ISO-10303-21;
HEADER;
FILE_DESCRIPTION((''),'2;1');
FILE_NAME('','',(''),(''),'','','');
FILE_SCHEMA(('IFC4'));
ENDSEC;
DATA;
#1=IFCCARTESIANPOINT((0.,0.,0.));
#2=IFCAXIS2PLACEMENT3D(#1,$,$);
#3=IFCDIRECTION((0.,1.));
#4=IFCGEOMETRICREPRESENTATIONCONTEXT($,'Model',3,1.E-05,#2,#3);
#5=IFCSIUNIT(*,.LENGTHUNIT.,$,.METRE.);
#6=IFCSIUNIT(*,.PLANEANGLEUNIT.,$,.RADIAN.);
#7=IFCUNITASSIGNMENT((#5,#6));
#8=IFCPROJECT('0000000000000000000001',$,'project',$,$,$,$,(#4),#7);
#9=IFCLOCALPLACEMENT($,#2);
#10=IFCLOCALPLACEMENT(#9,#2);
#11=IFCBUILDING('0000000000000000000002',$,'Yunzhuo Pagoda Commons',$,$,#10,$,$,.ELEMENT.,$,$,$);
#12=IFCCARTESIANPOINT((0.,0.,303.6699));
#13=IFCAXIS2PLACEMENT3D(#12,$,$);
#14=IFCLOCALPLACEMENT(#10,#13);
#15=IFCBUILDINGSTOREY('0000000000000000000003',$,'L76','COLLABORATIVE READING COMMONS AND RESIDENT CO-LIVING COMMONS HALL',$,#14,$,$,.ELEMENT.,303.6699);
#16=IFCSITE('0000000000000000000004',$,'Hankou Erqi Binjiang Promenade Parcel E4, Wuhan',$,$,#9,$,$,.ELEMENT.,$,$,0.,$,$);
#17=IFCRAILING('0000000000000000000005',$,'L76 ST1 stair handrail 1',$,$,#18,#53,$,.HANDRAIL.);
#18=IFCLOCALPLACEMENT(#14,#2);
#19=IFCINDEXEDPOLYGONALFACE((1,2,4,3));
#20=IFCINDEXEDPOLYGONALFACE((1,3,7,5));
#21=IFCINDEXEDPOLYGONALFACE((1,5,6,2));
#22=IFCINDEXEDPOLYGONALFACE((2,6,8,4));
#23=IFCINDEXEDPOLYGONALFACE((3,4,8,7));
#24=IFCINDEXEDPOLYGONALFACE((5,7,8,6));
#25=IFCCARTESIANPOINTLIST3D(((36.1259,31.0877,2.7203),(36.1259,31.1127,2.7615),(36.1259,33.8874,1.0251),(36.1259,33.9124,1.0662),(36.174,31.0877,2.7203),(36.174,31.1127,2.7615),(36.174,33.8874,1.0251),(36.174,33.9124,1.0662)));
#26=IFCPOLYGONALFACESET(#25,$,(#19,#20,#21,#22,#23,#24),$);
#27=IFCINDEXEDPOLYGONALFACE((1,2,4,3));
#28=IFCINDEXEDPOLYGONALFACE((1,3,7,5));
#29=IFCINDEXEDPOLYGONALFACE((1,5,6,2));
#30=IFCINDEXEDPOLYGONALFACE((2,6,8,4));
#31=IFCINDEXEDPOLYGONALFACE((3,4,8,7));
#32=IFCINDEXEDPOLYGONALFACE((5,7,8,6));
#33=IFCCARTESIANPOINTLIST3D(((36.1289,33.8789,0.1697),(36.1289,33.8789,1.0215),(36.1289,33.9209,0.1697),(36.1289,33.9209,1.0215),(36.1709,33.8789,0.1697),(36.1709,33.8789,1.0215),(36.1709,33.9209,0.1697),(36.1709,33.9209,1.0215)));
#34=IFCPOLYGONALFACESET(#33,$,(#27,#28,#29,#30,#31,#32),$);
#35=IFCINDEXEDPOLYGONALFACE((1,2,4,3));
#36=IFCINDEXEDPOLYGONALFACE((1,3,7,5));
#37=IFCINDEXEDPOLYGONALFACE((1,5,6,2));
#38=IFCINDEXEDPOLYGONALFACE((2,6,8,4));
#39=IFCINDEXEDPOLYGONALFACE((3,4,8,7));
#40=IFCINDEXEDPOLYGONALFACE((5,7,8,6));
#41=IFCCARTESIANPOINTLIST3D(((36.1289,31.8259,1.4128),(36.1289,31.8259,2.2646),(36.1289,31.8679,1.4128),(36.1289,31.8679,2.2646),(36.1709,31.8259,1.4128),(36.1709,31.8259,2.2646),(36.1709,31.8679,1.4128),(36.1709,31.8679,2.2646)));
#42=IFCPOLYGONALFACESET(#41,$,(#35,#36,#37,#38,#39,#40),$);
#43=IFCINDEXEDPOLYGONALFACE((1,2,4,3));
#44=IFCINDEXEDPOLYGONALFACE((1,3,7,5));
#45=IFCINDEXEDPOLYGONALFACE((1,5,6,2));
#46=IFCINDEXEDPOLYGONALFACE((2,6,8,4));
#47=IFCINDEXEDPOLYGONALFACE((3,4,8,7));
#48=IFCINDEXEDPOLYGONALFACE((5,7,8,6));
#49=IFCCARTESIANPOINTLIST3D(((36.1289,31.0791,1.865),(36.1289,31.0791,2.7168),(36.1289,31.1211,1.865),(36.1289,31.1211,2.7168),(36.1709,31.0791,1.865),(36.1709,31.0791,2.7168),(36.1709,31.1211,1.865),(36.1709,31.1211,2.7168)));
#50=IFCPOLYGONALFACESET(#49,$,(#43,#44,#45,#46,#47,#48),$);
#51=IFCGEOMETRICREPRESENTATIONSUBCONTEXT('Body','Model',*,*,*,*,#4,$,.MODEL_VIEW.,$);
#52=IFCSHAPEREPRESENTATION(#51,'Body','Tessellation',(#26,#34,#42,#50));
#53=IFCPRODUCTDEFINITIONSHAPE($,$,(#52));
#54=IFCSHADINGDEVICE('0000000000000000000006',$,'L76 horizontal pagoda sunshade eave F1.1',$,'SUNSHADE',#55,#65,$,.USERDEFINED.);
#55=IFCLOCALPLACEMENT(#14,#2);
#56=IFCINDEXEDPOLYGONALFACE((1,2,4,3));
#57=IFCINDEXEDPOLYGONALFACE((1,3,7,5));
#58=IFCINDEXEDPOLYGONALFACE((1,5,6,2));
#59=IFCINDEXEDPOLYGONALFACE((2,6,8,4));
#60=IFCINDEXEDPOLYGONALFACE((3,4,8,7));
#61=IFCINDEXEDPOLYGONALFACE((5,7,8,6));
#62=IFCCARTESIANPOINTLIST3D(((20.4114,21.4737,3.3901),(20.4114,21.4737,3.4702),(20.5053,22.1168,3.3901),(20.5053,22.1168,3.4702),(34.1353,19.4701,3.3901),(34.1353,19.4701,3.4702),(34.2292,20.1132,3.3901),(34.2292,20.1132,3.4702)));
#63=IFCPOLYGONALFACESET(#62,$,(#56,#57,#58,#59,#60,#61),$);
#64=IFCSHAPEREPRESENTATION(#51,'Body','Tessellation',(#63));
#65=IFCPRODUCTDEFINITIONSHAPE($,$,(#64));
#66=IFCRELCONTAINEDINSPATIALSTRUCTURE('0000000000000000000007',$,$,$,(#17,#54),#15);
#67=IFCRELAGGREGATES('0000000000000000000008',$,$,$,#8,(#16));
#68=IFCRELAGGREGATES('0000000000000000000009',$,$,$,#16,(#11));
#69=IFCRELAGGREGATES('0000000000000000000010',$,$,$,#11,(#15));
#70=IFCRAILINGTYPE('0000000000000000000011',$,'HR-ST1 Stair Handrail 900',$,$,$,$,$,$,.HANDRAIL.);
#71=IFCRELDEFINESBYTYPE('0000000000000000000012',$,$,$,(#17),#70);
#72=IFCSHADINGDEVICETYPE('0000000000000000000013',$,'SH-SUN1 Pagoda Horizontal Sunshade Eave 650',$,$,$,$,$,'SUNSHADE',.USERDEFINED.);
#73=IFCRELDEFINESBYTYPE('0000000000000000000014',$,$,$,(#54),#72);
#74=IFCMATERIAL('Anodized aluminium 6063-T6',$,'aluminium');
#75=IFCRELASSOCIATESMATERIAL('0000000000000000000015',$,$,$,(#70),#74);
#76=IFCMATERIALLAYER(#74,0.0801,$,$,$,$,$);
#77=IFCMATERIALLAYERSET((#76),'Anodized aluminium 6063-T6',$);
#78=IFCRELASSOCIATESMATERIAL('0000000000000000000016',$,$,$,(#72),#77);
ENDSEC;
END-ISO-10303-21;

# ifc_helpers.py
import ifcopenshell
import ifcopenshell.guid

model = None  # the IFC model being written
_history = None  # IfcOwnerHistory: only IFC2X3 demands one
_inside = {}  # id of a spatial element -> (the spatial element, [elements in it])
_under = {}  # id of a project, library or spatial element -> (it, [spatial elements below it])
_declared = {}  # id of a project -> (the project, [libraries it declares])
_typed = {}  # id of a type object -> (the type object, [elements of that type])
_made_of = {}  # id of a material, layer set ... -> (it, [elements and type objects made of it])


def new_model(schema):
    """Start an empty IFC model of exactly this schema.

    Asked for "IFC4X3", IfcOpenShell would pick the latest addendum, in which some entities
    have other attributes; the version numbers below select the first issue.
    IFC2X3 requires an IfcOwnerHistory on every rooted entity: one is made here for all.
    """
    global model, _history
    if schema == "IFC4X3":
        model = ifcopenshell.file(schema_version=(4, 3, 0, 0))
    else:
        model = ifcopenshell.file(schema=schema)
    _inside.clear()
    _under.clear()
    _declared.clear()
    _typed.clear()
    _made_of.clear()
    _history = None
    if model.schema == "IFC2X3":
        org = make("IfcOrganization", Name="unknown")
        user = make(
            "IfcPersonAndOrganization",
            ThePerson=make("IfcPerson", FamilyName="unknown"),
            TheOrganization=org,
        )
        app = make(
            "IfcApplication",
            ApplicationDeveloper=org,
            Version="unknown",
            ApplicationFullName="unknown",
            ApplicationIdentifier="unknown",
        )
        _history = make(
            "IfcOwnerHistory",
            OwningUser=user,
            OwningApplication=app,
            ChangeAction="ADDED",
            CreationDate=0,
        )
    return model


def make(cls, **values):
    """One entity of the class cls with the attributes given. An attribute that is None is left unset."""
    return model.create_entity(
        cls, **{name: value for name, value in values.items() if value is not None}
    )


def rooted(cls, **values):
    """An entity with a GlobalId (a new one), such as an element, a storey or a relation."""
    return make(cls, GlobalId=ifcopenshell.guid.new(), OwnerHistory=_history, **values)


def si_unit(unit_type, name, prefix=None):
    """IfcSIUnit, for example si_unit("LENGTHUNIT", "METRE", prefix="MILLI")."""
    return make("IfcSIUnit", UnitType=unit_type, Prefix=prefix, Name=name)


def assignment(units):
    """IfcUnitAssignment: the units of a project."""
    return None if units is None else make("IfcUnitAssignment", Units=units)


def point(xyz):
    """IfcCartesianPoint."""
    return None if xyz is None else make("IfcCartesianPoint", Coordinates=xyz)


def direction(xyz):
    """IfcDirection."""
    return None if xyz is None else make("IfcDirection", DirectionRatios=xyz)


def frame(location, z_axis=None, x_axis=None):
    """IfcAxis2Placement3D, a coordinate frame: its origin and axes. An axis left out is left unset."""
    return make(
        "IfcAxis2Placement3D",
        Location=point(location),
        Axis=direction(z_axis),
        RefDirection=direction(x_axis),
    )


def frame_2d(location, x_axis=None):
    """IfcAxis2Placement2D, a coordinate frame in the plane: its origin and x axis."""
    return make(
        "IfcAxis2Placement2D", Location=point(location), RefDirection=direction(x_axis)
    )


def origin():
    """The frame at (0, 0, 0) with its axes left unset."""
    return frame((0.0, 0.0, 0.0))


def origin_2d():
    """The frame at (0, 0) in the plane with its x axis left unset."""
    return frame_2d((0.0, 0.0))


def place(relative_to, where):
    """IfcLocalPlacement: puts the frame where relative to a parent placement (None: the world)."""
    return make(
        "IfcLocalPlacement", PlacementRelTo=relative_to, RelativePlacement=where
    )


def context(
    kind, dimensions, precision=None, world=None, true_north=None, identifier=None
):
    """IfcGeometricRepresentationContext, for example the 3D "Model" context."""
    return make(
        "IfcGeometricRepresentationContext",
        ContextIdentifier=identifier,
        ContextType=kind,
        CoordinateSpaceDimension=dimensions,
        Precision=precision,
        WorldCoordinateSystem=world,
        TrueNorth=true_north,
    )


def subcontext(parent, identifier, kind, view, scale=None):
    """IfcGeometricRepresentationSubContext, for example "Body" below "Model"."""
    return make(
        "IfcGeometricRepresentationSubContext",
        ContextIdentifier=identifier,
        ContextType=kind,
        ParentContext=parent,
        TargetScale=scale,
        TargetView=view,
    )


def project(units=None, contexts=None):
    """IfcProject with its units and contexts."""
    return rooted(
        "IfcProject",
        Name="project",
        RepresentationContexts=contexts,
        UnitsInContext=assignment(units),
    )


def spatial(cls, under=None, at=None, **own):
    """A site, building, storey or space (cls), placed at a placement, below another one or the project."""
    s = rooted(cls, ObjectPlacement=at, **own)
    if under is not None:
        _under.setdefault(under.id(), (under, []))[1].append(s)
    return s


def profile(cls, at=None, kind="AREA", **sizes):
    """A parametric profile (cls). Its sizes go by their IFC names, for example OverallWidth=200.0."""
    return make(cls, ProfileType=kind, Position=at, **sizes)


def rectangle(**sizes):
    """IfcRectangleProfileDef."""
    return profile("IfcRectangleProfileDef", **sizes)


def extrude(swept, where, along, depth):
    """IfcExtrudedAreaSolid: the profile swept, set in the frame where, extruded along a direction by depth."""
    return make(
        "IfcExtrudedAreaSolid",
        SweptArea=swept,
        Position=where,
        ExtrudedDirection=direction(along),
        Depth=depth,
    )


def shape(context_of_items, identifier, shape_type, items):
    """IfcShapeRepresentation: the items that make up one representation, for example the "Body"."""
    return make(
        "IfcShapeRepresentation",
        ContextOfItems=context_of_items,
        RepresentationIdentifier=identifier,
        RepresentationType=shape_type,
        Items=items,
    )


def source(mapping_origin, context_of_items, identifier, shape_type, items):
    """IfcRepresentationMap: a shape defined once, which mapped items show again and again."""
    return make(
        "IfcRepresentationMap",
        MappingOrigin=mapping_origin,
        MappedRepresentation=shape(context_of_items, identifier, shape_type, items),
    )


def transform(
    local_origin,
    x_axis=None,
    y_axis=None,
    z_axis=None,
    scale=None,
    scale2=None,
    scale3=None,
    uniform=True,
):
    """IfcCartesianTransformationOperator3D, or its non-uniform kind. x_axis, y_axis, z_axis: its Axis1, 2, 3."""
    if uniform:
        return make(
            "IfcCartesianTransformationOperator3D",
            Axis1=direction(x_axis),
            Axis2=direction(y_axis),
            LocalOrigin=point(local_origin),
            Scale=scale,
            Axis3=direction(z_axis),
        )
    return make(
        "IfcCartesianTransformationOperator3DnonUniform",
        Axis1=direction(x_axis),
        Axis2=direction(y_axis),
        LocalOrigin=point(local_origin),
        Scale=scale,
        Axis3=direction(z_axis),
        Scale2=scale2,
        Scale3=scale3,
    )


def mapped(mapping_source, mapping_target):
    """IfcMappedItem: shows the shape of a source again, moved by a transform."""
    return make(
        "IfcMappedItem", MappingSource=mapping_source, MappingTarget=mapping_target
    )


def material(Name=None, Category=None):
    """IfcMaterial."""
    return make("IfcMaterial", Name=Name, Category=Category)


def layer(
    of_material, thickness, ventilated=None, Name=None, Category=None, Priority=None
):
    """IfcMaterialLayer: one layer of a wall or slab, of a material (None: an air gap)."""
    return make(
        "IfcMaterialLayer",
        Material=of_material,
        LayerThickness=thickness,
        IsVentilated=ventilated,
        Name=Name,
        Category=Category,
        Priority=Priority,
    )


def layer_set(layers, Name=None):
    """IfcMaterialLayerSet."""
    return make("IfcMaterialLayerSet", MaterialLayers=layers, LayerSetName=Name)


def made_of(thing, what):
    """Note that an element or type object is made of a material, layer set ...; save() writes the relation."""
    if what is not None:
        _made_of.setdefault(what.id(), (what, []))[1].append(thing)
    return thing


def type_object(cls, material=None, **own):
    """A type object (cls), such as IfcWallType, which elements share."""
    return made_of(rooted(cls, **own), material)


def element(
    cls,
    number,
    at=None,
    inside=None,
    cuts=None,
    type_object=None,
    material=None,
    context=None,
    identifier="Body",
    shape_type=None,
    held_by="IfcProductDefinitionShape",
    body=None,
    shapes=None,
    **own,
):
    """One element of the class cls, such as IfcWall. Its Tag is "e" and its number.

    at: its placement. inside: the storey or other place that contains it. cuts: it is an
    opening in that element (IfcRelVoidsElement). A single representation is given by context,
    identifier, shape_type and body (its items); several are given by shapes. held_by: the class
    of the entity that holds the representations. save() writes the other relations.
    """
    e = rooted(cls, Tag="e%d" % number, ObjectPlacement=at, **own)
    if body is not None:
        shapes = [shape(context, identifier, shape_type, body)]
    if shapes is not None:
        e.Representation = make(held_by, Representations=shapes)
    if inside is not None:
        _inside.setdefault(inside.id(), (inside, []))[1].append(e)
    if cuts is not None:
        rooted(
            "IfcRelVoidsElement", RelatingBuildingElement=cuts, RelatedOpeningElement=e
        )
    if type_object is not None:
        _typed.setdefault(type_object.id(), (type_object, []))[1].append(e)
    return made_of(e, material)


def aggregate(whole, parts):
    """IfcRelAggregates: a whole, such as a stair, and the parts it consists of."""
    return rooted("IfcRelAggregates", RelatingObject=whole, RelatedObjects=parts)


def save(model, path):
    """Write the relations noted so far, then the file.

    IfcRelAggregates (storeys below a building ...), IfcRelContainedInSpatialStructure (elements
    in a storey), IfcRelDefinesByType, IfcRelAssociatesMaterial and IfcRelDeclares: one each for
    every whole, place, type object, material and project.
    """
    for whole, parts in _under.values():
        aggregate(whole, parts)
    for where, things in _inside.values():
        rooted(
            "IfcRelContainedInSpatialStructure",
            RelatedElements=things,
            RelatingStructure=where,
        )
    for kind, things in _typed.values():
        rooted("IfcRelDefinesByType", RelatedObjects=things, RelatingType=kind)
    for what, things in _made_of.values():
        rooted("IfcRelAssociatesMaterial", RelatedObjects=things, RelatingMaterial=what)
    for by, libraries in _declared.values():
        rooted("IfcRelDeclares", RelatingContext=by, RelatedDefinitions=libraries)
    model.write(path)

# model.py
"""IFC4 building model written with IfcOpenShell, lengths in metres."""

from ifc_helpers import new_model, si_unit, direction, frame, origin, origin_2d, place, context, subcontext, project, spatial, rectangle, extrude, source, transform, mapped, material, layer, layer_set, type_object, element, save


model = new_model("IFC4")

# Units and contexts
model_context = context("Model", 3, precision=1e-05, world=origin(), true_north=direction((0.0, 1.0)))
body_context = subcontext(model_context, "Body", "Model", "MODEL_VIEW")
ifc_project = project(units=[si_unit("LENGTHUNIT", "METRE"), si_unit("PLANEANGLEUNIT", "RADIAN")], contexts=[model_context])

# Site, building, storey
site_placement = place(None, origin())
site = spatial("IfcSite", under=ifc_project, at=site_placement, Name="Hankou Erqi Binjiang Promenade Parcel E4, Wuhan", CompositionType="ELEMENT", RefElevation=0.0)
building_placement = place(site_placement, origin())
building = spatial("IfcBuilding", under=site, at=building_placement, Name="Yunzhuo Pagoda Commons", CompositionType="ELEMENT")
storey_placement = place(building_placement, frame((0.0, 0.0, 303.6699)))
storey = spatial("IfcBuildingStorey", under=building, at=storey_placement, Name="L76", Description="COLLABORATIVE READING COMMONS AND RESIDENT CO-LIVING COMMONS HALL", CompositionType="ELEMENT", Elevation=303.6699)

# Shared definitions
ifc_material_1 = material(Name="Anodized aluminium 6063-T6", Category="aluminium")

# Railing
railing_type = type_object("IfcRailingType", Name="HR-ST1 Stair Handrail 900", PredefinedType="HANDRAIL", material=ifc_material_1)
railing_placement = place(storey_placement, frame((36.1499, 33.8999, 0.1697)))
element("IfcRailing", 1, at=railing_placement, inside=storey, type_object=railing_type, Name="L76 ST1 stair handrail 1", PredefinedType="HANDRAIL", context=body_context, shape_type="SweptSolid", body=[
    extrude(rectangle(XDim=0.0481, YDim=0.0481, at=origin_2d()), frame((0.0, 0.0, 0.876), z_axis=(0.0, -0.855406, 0.517958), x_axis=(1.0, 0.0, 0.0)), (0.0, 0.0, 1.0), 3.2729),
    extrude(rectangle(XDim=0.042, YDim=0.042, at=origin_2d()), origin(), (0.0, 0.0, 1.0), 0.8518),
    extrude(rectangle(XDim=0.042, YDim=0.042, at=origin_2d()), frame((0.0, -2.053, 1.2432)), (0.0, 0.0, 1.0), 0.8518),
    extrude(rectangle(XDim=0.042, YDim=0.042, at=origin_2d()), frame((0.0, -2.7998, 1.6953)), (0.0, 0.0, 1.0), 0.8518),
])

# Shading device
ifc_layer_1 = layer(ifc_material_1, 0.0801)
ifc_layer_set_1 = layer_set([ifc_layer_1], Name="Anodized aluminium 6063-T6")
shading_device_type = type_object("IfcShadingDeviceType", Name="SH-SUN1 Pagoda Horizontal Sunshade Eave 650", ElementType="SUNSHADE", PredefinedType="USERDEFINED", material=ifc_layer_set_1)
shared_shape_1 = source(origin(), body_context, "Body", "SweptSolid", [
    extrude(rectangle(XDim=13.8694, YDim=0.6499, at=origin_2d()), origin(), (0.0, 0.0, 1.0), 0.0801),
])
shading_device_placement = place(storey_placement, frame((27.3203, 20.7935, 3.3901), z_axis=(0.0, 0.0, 1.0), x_axis=(0.989511, -0.14446, 0.0)))
element("IfcShadingDevice", 2, at=shading_device_placement, inside=storey, type_object=shading_device_type, Name="L76 horizontal pagoda sunshade eave F1.1", ObjectType="SUNSHADE", PredefinedType="USERDEFINED", context=body_context, shape_type="MappedRepresentation", body=[
    mapped(shared_shape_1, transform((0.0, 0.0, 0.0), scale=1.0)),
])

save(model, "model.ifc")
